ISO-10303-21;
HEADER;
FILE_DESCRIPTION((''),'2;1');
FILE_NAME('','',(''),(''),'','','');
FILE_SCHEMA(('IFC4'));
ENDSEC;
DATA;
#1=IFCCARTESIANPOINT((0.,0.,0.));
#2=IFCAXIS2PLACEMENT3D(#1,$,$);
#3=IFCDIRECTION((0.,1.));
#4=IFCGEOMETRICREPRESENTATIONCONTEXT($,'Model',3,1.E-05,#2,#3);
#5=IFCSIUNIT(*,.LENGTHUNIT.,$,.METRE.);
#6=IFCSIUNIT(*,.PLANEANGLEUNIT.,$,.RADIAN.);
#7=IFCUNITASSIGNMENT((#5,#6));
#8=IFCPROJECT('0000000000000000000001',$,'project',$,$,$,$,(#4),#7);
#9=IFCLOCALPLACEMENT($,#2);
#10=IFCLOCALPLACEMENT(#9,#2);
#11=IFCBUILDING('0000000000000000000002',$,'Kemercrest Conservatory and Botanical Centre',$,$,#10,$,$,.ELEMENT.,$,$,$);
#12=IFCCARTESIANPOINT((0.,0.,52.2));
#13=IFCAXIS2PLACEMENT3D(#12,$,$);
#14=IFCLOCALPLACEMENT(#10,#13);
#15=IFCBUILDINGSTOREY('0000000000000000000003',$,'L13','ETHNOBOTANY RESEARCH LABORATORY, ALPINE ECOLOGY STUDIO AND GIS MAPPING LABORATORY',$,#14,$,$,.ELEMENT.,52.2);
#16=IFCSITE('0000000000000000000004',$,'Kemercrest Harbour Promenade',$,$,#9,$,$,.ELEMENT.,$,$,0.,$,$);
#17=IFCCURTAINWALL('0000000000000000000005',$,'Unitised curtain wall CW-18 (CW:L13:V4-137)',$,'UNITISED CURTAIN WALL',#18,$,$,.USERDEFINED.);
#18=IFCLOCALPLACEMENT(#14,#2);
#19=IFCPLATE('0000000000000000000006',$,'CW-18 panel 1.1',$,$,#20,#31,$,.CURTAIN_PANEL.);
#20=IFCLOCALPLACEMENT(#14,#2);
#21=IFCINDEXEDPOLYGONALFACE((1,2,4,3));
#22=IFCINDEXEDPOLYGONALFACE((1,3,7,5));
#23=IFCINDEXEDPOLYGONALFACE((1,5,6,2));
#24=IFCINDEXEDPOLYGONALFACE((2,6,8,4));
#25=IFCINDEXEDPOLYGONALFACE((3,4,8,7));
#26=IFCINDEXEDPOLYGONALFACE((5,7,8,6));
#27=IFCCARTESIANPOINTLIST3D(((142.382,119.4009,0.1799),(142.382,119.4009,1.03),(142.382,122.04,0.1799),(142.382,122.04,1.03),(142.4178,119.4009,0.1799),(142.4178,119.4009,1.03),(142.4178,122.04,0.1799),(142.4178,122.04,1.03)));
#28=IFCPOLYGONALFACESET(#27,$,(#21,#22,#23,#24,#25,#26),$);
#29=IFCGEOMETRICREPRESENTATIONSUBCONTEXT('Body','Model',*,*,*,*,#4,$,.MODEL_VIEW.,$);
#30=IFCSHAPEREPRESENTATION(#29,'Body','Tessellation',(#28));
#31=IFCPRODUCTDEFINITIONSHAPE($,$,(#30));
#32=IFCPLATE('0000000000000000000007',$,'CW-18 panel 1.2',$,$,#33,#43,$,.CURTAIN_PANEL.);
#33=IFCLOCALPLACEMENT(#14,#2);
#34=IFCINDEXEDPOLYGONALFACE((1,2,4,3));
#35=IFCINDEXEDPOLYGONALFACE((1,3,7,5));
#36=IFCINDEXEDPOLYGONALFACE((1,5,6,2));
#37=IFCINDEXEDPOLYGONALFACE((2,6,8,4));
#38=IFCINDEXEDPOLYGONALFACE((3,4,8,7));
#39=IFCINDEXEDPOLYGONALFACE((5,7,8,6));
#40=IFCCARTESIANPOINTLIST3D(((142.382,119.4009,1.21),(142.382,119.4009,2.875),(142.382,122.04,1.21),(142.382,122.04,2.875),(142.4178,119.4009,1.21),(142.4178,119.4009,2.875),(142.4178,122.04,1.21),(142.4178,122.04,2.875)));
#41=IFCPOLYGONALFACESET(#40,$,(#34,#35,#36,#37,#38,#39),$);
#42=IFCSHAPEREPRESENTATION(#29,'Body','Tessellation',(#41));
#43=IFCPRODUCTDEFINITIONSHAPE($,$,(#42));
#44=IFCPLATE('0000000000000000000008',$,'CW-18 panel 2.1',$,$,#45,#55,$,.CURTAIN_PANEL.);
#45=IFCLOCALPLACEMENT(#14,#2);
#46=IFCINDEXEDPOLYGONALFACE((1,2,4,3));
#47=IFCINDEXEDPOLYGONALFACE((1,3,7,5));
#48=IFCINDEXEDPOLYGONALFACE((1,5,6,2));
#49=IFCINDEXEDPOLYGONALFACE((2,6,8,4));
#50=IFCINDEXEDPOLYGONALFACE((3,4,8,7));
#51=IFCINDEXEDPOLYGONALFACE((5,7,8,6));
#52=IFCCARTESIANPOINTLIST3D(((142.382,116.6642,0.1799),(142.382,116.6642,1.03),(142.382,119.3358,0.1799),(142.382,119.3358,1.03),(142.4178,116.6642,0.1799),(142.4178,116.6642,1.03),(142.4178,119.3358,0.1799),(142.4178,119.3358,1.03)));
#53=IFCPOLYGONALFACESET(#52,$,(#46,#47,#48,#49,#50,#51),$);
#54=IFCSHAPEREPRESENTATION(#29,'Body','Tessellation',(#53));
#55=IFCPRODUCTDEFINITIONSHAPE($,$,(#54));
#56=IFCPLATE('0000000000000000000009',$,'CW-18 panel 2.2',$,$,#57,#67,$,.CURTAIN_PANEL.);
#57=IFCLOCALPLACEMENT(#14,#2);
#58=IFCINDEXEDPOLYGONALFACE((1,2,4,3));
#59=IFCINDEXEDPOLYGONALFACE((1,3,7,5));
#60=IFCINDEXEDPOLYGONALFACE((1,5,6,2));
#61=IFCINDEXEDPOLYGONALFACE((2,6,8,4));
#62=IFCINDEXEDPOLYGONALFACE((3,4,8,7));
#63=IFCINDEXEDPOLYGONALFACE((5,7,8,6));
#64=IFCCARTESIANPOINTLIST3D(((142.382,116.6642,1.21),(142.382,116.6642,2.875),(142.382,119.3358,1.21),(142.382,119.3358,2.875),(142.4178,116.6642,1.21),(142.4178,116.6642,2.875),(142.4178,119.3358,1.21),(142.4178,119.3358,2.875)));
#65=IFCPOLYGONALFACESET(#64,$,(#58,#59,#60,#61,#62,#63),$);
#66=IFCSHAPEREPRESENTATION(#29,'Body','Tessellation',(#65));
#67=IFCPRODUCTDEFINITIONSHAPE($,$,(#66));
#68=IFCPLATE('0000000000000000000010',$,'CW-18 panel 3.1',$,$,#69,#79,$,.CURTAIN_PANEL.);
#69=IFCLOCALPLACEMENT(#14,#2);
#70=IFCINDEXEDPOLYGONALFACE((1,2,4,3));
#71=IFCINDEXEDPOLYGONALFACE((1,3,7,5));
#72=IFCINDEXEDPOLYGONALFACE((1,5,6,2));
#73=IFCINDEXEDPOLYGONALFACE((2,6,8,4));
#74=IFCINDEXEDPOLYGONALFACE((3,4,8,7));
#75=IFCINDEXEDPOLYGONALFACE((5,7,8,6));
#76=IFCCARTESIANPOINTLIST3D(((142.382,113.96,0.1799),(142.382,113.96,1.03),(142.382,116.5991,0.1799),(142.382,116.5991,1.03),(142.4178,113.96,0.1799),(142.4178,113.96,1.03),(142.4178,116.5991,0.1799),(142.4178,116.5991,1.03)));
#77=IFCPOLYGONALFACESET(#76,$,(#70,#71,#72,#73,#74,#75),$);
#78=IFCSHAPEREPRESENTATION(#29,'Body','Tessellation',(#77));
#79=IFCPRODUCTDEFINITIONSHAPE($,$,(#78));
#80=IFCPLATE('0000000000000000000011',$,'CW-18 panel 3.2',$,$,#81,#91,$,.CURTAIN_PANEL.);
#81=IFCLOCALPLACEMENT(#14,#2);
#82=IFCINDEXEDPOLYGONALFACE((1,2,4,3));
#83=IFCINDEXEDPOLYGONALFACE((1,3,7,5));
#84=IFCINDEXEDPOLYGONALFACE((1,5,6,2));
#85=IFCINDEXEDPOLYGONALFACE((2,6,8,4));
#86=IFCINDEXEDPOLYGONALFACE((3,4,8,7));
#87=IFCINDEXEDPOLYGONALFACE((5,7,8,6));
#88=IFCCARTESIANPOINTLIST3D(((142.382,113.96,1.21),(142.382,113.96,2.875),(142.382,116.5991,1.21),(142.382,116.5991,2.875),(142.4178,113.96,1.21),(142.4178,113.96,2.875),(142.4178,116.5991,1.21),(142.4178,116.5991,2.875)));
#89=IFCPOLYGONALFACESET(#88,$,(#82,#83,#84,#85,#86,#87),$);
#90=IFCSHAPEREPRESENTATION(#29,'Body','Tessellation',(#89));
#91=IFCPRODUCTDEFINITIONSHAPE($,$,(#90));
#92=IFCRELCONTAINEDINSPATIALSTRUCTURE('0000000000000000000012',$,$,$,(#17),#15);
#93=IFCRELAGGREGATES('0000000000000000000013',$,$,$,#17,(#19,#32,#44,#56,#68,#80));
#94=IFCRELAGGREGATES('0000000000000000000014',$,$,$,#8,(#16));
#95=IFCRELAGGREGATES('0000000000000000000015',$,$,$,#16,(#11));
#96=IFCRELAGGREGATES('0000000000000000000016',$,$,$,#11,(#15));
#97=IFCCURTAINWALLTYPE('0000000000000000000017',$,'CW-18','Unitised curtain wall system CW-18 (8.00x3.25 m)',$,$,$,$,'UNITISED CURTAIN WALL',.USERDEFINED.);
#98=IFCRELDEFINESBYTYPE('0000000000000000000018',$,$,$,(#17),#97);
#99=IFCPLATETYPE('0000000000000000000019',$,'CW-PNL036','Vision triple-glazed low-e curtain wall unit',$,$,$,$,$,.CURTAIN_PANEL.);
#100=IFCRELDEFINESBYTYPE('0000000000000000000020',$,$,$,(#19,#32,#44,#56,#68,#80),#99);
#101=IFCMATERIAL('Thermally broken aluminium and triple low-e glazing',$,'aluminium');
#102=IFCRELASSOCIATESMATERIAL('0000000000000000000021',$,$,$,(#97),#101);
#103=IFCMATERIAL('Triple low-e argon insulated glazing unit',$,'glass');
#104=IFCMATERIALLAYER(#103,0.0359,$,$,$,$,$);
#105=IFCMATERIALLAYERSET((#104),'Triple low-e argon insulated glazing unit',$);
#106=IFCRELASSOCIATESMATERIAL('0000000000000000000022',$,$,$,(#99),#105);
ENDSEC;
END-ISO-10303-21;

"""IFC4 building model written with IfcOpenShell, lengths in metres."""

from ifc_helpers import new_model, si_unit, direction, frame, origin, origin_2d, place, context, subcontext, project, spatial, rectangle, extrude, material, layer, layer_set, type_object, element, aggregate, save


model = new_model("IFC4")

# Units and contexts
model_context = context("Model", 3, precision=1e-05, world=origin(), true_north=direction((0.0, 1.0)))
body_context = subcontext(model_context, "Body", "Model", "MODEL_VIEW")
ifc_project = project(units=[si_unit("LENGTHUNIT", "METRE"), si_unit("PLANEANGLEUNIT", "RADIAN")], contexts=[model_context])

# Site, building, storey
site_placement = place(None, origin())
site = spatial("IfcSite", under=ifc_project, at=site_placement, Name="Kemercrest Harbour Promenade", CompositionType="ELEMENT", RefElevation=0.0)
building_placement = place(site_placement, origin())
building = spatial("IfcBuilding", under=site, at=building_placement, Name="Kemercrest Conservatory and Botanical Centre", CompositionType="ELEMENT")
storey_placement = place(building_placement, frame((0.0, 0.0, 52.2)))
storey = spatial("IfcBuildingStorey", under=building, at=storey_placement, Name="L13", Description="ETHNOBOTANY RESEARCH LABORATORY, ALPINE ECOLOGY STUDIO AND GIS MAPPING LABORATORY", CompositionType="ELEMENT", Elevation=52.2)

# Curtain wall
ifc_material_1 = material(Name="Thermally broken aluminium and triple low-e glazing", Category="aluminium")
curtain_wall_type = type_object("IfcCurtainWallType", Name="CW-18", Description="Unitised curtain wall system CW-18 (8.00x3.25 m)", ElementType="UNITISED CURTAIN WALL", PredefinedType="USERDEFINED", material=ifc_material_1)
curtain_wall_placement = place(storey_placement, origin())
curtain_wall = element("IfcCurtainWall", 1, at=curtain_wall_placement, inside=storey, type_object=curtain_wall_type, Name="Unitised curtain wall CW-18 (CW:L13:V4-137)", ObjectType="UNITISED CURTAIN WALL", PredefinedType="USERDEFINED")

# Plates
ifc_material_2 = material(Name="Triple low-e argon insulated glazing unit", Category="glass")
ifc_layer = layer(ifc_material_2, 0.0359)
ifc_layer_set = layer_set([ifc_layer], Name="Triple low-e argon insulated glazing unit")
plate_type = type_object("IfcPlateType", Name="CW-PNL036", Description="Vision triple-glazed low-e curtain wall unit", PredefinedType="CURTAIN_PANEL", material=ifc_layer_set)
plate_1_placement = place(storey_placement, frame((142.3999, 120.7205, 0.1799), z_axis=(0.0, 0.0, 1.0), x_axis=(0.0, -1.0, 0.0)))
plate_1 = element("IfcPlate", 2, at=plate_1_placement, type_object=plate_type, Name="CW-18 panel 1.1", PredefinedType="CURTAIN_PANEL", context=body_context, shape_type="SweptSolid", body=[
    extrude(rectangle(XDim=2.6392, YDim=0.0359, at=origin_2d()), origin(), (0.0, 0.0, 1.0), 0.8501),
])
plate_2_placement = place(storey_placement, frame((142.3999, 120.7205, 1.21), z_axis=(0.0, 0.0, 1.0), x_axis=(0.0, -1.0, 0.0)))
plate_2 = element("IfcPlate", 3, at=plate_2_placement, type_object=plate_type, Name="CW-18 panel 1.2", PredefinedType="CURTAIN_PANEL", context=body_context, shape_type="SweptSolid", body=[
    extrude(rectangle(XDim=2.6392, YDim=0.0359, at=origin_2d()), origin(), (0.0, 0.0, 1.0), 1.665),
])
plate_3_placement = place(storey_placement, frame((142.3999, 118.0, 0.1799), z_axis=(0.0, 0.0, 1.0), x_axis=(0.0, -1.0, 0.0)))
plate_3 = element("IfcPlate", 4, at=plate_3_placement, type_object=plate_type, Name="CW-18 panel 2.1", PredefinedType="CURTAIN_PANEL", context=body_context, shape_type="SweptSolid", body=[
    extrude(rectangle(XDim=2.6716, YDim=0.0359, at=origin_2d()), origin(), (0.0, 0.0, 1.0), 0.8501),
])
plate_4_placement = place(storey_placement, frame((142.3999, 118.0, 1.21), z_axis=(0.0, 0.0, 1.0), x_axis=(0.0, -1.0, 0.0)))
plate_4 = element("IfcPlate", 5, at=plate_4_placement, type_object=plate_type, Name="CW-18 panel 2.2", PredefinedType="CURTAIN_PANEL", context=body_context, shape_type="SweptSolid", body=[
    extrude(rectangle(XDim=2.6716, YDim=0.0359, at=origin_2d()), origin(), (0.0, 0.0, 1.0), 1.665),
])
plate_5_placement = place(storey_placement, frame((142.3999, 115.2795, 0.1799), z_axis=(0.0, 0.0, 1.0), x_axis=(0.0, -1.0, 0.0)))
plate_5 = element("IfcPlate", 6, at=plate_5_placement, type_object=plate_type, Name="CW-18 panel 3.1", PredefinedType="CURTAIN_PANEL", context=body_context, shape_type="SweptSolid", body=[
    extrude(rectangle(XDim=2.6392, YDim=0.0359, at=origin_2d()), origin(), (0.0, 0.0, 1.0), 0.8501),
])
plate_6_placement = place(storey_placement, frame((142.3999, 115.2795, 1.21), z_axis=(0.0, 0.0, 1.0), x_axis=(0.0, -1.0, 0.0)))
plate_6 = element("IfcPlate", 7, at=plate_6_placement, type_object=plate_type, Name="CW-18 panel 3.2", PredefinedType="CURTAIN_PANEL", context=body_context, shape_type="SweptSolid", body=[
    extrude(rectangle(XDim=2.6392, YDim=0.0359, at=origin_2d()), origin(), (0.0, 0.0, 1.0), 1.665),
])
aggregate(curtain_wall, [plate_1, plate_2, plate_3, plate_4, plate_5, plate_6])

save(model, "model.ifc")
